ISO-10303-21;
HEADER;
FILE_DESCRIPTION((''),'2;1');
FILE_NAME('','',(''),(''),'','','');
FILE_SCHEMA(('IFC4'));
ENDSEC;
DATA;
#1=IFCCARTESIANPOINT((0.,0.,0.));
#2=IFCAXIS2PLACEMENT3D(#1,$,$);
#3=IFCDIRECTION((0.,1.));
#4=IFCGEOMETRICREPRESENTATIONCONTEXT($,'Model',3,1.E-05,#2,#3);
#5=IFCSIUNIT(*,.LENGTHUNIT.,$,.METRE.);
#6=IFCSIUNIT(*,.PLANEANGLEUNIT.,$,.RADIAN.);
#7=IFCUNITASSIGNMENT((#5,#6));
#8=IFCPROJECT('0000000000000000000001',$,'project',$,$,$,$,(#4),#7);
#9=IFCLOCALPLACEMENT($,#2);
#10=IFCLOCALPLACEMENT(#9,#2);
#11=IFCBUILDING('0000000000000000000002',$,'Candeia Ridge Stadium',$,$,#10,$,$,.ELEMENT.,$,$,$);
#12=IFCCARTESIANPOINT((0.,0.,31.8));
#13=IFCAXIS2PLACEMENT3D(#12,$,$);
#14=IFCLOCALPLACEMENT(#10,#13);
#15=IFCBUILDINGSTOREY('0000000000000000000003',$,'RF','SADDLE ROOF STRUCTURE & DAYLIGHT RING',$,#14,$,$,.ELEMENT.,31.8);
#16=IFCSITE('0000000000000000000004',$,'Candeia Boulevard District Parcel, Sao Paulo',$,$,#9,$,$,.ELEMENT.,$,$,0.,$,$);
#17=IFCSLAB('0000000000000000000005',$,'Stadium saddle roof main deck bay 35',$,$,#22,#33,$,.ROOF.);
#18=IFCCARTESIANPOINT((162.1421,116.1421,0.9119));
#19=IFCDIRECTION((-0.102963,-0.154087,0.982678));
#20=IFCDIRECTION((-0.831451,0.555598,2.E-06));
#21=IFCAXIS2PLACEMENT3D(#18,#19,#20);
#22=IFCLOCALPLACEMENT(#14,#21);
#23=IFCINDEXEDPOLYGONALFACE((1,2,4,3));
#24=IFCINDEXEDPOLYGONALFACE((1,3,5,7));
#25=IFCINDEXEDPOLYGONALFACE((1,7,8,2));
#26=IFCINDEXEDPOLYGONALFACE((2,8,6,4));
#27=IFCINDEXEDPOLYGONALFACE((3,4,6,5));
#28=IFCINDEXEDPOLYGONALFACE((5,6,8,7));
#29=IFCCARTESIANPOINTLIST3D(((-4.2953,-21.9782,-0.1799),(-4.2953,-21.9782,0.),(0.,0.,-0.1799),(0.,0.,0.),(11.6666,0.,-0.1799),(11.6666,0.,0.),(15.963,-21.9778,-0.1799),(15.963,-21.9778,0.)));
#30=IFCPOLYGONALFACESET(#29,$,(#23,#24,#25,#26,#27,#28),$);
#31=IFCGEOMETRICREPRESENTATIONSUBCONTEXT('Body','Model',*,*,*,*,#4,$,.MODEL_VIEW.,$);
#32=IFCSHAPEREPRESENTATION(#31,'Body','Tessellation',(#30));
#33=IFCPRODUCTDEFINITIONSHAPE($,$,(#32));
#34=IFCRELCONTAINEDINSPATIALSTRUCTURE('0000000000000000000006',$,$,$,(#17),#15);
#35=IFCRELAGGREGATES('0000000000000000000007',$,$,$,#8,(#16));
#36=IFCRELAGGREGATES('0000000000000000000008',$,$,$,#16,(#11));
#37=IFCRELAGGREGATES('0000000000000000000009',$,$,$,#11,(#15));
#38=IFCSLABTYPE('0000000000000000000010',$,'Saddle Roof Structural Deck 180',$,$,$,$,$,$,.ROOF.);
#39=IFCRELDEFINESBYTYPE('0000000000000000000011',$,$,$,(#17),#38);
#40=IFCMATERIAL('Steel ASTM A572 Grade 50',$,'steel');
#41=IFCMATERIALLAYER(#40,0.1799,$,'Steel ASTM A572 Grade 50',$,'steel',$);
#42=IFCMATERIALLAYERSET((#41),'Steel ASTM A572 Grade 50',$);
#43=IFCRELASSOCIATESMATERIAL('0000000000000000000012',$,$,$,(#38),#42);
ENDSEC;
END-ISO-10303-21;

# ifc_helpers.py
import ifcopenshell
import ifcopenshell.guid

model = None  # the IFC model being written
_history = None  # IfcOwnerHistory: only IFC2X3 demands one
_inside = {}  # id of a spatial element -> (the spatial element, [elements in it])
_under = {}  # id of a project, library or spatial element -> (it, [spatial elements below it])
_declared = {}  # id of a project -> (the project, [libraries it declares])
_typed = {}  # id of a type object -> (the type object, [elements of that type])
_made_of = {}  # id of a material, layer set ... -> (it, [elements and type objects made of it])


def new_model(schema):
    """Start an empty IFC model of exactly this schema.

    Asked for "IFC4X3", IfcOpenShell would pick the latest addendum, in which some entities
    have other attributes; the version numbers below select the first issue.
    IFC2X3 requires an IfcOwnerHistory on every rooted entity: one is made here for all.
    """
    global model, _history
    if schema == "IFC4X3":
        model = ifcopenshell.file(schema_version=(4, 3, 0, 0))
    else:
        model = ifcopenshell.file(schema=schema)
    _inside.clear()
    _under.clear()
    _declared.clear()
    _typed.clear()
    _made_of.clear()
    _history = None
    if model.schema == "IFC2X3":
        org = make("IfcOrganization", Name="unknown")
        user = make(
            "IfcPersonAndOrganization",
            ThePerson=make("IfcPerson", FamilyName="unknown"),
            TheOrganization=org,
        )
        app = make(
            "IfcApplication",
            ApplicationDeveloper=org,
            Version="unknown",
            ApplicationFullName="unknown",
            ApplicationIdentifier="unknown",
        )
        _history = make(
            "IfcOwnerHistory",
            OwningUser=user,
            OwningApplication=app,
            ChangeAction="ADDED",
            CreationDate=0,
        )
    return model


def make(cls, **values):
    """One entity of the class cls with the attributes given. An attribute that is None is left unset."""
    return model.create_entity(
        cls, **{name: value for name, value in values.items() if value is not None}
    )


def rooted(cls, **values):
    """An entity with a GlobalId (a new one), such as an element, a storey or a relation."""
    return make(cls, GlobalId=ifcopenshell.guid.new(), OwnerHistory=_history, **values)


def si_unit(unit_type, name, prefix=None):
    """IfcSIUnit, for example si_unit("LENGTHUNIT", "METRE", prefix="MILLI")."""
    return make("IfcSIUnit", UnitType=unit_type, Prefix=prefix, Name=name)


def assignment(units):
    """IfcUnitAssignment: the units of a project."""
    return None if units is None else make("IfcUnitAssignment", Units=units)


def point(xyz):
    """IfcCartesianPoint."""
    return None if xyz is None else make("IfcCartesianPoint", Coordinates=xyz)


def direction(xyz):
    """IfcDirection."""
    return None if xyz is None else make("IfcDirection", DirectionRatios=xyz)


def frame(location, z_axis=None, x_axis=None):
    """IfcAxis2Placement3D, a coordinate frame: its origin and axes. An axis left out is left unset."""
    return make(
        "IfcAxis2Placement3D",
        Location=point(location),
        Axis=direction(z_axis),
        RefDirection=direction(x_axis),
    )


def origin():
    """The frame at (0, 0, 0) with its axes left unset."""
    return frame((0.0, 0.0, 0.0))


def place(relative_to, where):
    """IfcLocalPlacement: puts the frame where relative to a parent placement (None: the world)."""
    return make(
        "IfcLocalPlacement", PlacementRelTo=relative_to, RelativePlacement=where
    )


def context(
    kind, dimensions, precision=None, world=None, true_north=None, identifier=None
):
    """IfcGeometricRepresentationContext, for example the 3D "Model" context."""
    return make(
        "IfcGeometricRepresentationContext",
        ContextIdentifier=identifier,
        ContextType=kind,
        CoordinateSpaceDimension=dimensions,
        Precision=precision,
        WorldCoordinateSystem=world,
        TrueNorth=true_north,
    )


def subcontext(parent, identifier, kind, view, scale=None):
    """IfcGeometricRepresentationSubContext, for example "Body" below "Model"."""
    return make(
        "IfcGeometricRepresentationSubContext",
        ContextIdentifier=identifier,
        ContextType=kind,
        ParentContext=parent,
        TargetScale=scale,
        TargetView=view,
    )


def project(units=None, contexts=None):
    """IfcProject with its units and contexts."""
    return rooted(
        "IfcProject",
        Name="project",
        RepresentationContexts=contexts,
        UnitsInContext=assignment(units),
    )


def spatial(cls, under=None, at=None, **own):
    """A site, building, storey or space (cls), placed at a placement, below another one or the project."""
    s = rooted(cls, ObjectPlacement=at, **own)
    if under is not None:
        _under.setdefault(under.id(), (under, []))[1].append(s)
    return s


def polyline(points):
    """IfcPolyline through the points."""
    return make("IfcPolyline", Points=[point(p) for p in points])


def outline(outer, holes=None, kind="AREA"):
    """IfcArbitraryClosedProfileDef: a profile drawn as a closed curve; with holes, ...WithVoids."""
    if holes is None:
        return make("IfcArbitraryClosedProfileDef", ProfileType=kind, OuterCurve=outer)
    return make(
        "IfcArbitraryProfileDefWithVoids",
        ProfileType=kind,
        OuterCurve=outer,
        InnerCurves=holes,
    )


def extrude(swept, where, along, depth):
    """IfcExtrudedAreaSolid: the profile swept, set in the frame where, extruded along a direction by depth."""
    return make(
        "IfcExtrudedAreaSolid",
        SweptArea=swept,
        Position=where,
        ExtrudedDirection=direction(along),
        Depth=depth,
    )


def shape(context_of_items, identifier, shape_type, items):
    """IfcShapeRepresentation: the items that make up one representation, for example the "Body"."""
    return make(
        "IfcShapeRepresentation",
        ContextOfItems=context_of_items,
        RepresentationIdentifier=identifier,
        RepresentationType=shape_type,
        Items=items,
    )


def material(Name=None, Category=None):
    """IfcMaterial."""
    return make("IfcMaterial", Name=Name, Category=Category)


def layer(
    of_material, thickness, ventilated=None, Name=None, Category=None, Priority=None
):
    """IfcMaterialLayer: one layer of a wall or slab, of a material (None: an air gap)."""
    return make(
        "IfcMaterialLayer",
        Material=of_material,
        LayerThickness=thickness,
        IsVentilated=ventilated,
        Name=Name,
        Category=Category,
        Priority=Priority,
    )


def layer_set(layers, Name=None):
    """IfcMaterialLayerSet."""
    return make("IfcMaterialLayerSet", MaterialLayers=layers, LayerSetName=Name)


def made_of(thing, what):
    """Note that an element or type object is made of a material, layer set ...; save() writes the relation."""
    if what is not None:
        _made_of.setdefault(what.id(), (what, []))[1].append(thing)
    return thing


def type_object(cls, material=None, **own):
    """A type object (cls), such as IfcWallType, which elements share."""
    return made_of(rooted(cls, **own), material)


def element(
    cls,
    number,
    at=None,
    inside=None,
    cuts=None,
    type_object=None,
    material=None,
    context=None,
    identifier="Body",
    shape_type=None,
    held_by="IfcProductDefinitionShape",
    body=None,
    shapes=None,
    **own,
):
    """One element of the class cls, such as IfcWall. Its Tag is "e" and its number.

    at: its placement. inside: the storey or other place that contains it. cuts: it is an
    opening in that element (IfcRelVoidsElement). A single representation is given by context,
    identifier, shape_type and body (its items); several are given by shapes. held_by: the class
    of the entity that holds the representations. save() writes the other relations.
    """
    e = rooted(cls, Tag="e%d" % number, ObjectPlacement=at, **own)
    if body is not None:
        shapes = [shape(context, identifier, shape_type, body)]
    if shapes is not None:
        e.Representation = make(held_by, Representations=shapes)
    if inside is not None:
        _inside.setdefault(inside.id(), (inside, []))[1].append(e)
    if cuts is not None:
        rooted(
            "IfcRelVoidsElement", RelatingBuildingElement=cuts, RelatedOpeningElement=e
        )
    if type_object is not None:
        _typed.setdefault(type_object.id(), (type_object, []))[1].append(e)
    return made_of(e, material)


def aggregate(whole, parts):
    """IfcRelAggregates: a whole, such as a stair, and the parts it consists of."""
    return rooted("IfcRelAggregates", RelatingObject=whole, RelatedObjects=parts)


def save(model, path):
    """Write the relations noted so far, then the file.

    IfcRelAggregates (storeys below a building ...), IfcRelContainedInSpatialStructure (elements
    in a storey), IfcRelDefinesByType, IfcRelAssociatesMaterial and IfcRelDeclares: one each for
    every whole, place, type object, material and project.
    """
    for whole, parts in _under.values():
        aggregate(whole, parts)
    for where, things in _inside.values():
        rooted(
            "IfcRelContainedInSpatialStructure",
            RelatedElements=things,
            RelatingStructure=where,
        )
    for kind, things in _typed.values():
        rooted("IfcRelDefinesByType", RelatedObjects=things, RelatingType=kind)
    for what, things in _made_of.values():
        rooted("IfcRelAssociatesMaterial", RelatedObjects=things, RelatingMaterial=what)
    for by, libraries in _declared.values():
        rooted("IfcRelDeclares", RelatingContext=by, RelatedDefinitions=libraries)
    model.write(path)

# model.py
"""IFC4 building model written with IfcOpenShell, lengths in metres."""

from ifc_helpers import new_model, si_unit, direction, frame, origin, place, context, subcontext, project, spatial, polyline, outline, extrude, material, layer, layer_set, type_object, element, save


model = new_model("IFC4")

# Units and contexts
model_context = context("Model", 3, precision=1e-05, world=origin(), true_north=direction((0.0, 1.0)))
body_context = subcontext(model_context, "Body", "Model", "MODEL_VIEW")
ifc_project = project(units=[si_unit("LENGTHUNIT", "METRE"), si_unit("PLANEANGLEUNIT", "RADIAN")], contexts=[model_context])

# Site, building, storey
site_placement = place(None, origin())
site = spatial("IfcSite", under=ifc_project, at=site_placement, Name="Candeia Boulevard District Parcel, Sao Paulo", CompositionType="ELEMENT", RefElevation=0.0)
building_placement = place(site_placement, origin())
building = spatial("IfcBuilding", under=site, at=building_placement, Name="Candeia Ridge Stadium", CompositionType="ELEMENT")
storey_placement = place(building_placement, frame((0.0, 0.0, 31.8)))
storey = spatial("IfcBuildingStorey", under=building, at=storey_placement, Name="RF", Description="SADDLE ROOF STRUCTURE & DAYLIGHT RING", CompositionType="ELEMENT", Elevation=31.8)

# Shared definitions
ifc_material_1 = material(Name="Steel ASTM A572 Grade 50", Category="steel")

# Slab
ifc_layer_1 = layer(ifc_material_1, 0.1799, Name="Steel ASTM A572 Grade 50", Category="steel")
ifc_layer_set_1 = layer_set([ifc_layer_1], Name="Steel ASTM A572 Grade 50")
slab_type = type_object("IfcSlabType", Name="Saddle Roof Structural Deck 180", PredefinedType="ROOF", material=ifc_layer_set_1)
slab_placement = place(storey_placement, frame((162.1421, 116.1421, 0.9119), z_axis=(-0.102963, -0.154087, 0.982678), x_axis=(-0.831451, 0.555598, 0.000002)))
element("IfcSlab", 1, at=slab_placement, inside=storey, type_object=slab_type, Name="Stadium saddle roof main deck bay 35", PredefinedType="ROOF", context=body_context, shape_type="SweptSolid", body=[
    extrude(outline(polyline([(0.0, 0.0), (11.6666, 0.0), (15.963, -21.9778), (-4.2953, -21.9782), (0.0, 0.0)])), origin(), (0.0, 0.0, -1.0), 0.1799),
])

save(model, "model.ifc")
